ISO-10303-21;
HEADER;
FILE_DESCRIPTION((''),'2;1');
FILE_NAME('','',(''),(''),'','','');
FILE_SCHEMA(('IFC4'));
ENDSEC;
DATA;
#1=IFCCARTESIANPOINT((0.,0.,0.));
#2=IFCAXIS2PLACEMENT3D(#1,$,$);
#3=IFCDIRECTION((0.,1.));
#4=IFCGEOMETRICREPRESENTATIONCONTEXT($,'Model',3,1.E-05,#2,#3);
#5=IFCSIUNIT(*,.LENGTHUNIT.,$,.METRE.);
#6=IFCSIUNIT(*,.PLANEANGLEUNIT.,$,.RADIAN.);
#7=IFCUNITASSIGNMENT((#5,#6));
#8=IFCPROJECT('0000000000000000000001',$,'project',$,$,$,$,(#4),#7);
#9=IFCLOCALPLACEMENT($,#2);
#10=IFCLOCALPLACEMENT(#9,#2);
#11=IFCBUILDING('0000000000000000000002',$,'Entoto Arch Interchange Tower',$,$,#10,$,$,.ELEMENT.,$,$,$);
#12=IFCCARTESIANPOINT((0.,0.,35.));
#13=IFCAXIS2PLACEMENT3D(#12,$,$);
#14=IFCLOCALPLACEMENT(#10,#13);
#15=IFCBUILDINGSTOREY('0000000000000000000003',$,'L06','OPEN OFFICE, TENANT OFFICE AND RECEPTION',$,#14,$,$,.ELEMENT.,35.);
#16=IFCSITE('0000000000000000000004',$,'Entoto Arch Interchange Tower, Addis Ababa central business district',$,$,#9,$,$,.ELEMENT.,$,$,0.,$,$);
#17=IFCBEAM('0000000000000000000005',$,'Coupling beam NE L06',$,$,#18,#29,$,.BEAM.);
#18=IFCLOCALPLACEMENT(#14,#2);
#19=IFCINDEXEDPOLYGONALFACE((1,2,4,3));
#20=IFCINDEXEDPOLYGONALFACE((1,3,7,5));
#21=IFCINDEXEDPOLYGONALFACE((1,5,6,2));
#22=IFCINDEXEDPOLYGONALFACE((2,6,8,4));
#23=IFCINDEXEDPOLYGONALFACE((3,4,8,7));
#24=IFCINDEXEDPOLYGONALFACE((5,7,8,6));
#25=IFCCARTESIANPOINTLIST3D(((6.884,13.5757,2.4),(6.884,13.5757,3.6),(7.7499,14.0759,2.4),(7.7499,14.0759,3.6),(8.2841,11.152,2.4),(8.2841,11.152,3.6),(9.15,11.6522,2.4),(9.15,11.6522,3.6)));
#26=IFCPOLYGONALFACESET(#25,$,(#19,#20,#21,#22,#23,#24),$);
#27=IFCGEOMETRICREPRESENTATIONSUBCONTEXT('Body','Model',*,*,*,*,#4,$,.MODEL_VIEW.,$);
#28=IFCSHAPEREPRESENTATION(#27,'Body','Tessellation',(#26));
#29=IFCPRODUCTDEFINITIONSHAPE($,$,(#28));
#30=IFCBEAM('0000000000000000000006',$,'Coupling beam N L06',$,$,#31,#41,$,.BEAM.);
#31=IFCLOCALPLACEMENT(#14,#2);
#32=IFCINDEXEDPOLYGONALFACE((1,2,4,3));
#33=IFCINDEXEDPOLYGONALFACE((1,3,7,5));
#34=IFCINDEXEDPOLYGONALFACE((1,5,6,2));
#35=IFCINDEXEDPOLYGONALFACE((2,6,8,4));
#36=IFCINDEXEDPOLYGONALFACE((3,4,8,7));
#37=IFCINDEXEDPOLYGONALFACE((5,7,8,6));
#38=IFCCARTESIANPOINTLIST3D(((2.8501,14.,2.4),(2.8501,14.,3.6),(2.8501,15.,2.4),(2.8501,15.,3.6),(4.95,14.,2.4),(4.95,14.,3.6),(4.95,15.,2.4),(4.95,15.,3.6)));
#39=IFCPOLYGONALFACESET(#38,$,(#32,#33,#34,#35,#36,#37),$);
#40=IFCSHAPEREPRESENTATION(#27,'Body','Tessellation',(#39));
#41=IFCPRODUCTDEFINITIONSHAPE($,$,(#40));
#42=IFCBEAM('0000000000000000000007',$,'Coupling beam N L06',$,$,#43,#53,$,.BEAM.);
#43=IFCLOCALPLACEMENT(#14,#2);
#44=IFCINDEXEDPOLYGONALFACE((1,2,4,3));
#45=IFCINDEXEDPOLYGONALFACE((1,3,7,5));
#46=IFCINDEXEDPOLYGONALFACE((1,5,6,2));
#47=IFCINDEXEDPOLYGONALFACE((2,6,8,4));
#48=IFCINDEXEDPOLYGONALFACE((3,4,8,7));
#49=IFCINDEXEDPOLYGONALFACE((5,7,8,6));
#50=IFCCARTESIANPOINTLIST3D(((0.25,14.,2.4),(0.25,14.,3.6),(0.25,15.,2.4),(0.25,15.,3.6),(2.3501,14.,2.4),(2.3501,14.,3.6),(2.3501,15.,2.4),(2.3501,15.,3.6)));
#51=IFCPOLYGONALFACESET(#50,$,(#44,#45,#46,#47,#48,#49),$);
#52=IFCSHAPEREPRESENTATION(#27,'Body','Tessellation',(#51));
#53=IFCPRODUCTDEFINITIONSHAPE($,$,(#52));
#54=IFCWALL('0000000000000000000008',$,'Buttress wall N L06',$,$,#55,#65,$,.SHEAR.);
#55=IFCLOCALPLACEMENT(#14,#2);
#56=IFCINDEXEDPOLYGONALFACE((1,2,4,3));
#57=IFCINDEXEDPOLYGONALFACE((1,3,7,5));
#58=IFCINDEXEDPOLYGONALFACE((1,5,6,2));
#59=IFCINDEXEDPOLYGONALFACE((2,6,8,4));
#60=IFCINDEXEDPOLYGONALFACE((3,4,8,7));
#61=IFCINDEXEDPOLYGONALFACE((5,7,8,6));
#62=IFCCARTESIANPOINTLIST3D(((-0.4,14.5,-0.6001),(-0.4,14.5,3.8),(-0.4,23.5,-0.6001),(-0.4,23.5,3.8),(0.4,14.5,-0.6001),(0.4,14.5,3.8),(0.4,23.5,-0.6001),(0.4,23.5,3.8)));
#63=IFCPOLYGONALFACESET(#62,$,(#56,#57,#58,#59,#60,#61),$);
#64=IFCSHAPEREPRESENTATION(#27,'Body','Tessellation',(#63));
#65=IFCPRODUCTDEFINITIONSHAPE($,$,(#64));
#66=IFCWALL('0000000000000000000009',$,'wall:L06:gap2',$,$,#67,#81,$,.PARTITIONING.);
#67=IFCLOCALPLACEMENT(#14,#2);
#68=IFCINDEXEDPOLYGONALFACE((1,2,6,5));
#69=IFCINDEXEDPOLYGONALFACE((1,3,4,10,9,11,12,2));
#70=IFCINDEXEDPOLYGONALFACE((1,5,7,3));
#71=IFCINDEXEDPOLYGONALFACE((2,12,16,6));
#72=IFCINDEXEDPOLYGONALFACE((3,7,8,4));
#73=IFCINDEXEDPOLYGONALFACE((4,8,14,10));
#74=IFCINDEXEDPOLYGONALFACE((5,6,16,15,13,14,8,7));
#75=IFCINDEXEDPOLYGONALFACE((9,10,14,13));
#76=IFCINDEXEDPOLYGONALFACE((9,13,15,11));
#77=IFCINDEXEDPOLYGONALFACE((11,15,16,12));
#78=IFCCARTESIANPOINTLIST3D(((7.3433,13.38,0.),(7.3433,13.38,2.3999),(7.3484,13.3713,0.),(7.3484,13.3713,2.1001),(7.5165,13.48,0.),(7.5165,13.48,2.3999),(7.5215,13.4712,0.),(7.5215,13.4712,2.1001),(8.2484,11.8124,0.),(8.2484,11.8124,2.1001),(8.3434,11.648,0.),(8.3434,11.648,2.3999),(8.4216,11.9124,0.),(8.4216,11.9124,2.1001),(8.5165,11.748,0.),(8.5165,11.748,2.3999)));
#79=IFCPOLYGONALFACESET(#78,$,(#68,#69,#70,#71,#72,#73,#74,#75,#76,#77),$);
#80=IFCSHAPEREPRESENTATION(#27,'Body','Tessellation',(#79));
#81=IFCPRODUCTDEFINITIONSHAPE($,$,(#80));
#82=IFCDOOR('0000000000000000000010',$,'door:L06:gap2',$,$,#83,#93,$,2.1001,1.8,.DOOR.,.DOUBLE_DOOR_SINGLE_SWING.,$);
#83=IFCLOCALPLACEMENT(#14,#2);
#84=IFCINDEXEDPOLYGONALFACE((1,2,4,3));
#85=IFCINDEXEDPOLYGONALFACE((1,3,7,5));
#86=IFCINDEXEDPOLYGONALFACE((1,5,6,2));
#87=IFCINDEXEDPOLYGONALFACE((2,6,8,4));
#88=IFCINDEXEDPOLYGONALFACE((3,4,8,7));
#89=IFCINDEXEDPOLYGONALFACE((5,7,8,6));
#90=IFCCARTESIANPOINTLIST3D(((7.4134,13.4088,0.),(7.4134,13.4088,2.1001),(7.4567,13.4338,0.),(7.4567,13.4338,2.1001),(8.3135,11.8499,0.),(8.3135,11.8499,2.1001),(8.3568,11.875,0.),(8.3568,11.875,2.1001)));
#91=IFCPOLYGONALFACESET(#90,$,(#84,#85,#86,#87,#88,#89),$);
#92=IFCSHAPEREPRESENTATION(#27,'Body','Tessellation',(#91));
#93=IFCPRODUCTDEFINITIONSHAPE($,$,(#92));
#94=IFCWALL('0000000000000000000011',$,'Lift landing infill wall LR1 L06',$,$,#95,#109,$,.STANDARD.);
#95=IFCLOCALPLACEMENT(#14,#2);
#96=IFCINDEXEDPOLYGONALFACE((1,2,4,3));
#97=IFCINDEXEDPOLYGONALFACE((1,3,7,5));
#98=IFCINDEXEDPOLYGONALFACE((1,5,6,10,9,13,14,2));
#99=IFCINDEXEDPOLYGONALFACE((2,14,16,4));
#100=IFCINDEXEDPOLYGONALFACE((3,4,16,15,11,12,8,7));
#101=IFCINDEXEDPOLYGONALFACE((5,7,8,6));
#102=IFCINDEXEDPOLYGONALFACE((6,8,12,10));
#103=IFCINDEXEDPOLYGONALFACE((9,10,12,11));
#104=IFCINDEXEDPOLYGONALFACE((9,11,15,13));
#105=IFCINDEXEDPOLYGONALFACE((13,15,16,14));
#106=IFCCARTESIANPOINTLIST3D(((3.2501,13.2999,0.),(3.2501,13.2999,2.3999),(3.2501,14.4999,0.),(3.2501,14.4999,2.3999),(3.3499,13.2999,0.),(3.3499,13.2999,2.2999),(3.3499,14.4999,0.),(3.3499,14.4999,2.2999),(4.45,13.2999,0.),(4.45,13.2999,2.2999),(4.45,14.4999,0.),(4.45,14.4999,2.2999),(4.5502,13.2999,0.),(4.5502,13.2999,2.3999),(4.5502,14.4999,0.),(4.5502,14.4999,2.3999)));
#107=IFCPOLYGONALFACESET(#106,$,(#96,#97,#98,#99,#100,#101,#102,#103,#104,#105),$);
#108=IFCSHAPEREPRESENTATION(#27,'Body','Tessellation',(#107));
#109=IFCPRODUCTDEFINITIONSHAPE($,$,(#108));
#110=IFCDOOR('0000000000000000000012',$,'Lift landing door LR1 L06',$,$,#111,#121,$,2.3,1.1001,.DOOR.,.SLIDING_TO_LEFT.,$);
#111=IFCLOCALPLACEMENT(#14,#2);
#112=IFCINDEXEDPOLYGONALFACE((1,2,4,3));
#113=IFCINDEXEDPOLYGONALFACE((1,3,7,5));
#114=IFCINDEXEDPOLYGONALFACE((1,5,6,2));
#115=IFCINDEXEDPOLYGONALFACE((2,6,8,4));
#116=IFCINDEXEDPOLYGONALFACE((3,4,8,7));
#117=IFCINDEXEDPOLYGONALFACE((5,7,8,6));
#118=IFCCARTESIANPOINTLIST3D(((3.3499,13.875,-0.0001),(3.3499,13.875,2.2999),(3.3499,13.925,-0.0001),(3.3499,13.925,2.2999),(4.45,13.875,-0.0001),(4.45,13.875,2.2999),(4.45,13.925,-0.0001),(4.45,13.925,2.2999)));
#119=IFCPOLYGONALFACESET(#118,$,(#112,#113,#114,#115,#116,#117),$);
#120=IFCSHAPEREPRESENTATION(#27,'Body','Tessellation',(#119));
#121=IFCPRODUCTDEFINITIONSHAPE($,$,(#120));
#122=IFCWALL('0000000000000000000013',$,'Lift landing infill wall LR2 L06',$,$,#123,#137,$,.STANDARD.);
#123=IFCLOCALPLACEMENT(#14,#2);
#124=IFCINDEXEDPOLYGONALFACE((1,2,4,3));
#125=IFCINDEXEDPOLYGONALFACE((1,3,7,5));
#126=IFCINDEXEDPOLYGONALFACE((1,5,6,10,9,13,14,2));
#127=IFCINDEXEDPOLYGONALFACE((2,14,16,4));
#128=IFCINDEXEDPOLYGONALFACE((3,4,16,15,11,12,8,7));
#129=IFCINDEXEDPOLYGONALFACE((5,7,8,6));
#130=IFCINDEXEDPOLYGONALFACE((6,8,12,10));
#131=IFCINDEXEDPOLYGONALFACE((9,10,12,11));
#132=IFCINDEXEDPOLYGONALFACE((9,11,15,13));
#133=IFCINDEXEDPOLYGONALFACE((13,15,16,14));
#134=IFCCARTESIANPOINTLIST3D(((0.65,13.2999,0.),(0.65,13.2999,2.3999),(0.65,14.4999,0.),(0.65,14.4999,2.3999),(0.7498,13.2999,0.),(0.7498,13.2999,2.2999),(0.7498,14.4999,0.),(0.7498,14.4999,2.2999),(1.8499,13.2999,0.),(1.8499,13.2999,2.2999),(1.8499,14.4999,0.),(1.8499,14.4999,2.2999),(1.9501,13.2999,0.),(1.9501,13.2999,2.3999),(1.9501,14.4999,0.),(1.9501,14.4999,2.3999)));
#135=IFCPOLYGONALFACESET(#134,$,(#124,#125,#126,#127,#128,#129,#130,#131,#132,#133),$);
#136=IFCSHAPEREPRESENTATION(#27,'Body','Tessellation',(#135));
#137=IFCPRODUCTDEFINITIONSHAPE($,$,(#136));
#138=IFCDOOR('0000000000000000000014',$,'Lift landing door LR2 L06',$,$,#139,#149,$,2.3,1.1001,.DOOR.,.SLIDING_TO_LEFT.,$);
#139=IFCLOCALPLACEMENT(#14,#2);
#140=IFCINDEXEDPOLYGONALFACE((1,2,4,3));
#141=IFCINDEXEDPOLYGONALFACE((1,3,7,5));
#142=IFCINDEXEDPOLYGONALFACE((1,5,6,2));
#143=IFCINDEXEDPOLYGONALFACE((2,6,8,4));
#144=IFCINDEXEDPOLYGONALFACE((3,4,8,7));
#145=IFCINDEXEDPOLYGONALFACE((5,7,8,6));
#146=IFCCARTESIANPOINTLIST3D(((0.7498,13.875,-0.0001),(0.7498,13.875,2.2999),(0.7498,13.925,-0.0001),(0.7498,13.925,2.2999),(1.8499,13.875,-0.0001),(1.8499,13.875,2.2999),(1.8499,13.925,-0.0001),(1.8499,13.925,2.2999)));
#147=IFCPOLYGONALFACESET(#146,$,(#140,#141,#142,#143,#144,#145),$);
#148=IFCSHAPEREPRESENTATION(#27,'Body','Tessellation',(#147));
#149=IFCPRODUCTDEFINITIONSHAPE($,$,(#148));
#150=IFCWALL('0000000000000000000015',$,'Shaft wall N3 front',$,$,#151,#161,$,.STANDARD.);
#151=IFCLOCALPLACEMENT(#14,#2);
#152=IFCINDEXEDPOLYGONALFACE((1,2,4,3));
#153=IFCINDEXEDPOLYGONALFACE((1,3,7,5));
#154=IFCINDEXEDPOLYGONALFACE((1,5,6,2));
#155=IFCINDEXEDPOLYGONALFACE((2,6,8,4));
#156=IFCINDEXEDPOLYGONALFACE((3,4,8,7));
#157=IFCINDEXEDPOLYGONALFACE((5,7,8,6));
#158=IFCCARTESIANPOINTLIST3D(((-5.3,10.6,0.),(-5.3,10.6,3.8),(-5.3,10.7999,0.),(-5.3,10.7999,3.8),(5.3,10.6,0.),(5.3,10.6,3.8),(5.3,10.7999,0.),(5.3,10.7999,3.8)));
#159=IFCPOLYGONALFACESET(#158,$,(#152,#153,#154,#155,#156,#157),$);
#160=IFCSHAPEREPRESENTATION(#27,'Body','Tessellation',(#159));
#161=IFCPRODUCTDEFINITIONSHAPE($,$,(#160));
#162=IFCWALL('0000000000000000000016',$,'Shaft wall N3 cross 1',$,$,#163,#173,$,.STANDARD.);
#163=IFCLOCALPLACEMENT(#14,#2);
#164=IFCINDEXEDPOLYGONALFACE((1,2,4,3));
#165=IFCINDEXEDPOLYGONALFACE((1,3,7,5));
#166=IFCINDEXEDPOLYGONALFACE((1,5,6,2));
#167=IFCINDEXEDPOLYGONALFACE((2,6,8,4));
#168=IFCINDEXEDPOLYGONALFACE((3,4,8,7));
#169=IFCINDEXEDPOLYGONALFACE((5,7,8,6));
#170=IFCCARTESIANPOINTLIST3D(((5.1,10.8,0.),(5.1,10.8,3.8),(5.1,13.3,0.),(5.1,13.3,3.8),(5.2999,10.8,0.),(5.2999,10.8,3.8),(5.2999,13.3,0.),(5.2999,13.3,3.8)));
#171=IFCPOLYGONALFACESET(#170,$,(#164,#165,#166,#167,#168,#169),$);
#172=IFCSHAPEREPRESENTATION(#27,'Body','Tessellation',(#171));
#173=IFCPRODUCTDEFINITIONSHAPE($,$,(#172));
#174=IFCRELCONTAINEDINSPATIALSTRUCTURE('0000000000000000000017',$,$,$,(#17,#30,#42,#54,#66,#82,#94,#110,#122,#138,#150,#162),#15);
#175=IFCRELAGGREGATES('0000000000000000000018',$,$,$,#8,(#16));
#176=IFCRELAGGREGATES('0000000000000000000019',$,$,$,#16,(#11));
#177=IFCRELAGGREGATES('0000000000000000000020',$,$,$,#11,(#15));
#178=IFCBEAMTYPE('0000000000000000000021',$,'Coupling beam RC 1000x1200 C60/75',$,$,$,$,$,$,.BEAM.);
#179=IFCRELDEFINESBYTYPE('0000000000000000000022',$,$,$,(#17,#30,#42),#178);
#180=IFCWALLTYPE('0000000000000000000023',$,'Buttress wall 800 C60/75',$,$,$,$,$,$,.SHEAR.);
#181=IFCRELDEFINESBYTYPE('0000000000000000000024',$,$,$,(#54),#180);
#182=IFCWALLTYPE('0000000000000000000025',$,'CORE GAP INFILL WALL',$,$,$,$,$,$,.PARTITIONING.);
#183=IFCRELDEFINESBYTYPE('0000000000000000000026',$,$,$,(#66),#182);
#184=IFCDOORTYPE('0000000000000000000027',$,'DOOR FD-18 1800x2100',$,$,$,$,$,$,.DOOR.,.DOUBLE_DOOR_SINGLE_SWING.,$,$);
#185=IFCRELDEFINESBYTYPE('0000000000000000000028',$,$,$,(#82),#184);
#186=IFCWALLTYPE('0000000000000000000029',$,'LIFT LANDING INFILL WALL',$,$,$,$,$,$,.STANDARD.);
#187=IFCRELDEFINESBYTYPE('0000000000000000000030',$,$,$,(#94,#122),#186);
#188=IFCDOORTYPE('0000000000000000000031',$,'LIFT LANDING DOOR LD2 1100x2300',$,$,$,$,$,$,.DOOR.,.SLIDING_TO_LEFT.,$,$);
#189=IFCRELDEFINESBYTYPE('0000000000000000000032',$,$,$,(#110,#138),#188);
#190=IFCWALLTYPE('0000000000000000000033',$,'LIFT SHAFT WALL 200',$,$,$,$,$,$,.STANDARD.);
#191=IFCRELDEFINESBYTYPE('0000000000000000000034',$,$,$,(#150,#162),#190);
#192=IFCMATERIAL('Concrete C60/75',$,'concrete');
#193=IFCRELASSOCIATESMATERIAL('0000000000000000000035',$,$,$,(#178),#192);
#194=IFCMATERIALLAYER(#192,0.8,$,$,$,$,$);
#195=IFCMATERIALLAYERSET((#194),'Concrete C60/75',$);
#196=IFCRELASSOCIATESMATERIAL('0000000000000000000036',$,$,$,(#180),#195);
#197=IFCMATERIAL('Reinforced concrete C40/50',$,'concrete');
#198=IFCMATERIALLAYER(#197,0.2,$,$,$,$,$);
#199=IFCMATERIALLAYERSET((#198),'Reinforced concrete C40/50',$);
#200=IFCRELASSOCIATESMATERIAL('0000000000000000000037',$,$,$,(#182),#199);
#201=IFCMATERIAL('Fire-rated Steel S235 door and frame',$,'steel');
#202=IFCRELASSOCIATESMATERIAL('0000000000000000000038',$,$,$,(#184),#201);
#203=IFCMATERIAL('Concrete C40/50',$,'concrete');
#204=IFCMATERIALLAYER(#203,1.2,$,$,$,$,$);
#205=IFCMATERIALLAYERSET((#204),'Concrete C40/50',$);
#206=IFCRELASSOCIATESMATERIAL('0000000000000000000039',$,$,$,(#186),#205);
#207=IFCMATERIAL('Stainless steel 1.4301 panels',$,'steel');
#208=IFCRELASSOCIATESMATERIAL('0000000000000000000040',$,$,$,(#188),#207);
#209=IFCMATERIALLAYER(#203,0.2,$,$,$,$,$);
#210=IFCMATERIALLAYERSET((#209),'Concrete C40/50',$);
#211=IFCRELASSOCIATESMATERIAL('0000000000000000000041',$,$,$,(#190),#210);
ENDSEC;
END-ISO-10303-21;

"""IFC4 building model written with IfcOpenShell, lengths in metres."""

from ifc_helpers import new_model, si_unit, direction, frame, frame_2d, origin, origin_2d, place, context, subcontext, project, spatial, rectangle, extrude, material, layer, layer_set, material_profile, profile_set, type_object, element, fill, save


model = new_model("IFC4")

# Units and contexts
model_context = context("Model", 3, precision=1e-05, world=origin(), true_north=direction((0.0, 1.0)))
body_context = subcontext(model_context, "Body", "Model", "MODEL_VIEW")
ifc_project = project(units=[si_unit("LENGTHUNIT", "METRE"), si_unit("PLANEANGLEUNIT", "RADIAN")], contexts=[model_context])

# Site, building, storey
site_placement = place(None, origin())
site = spatial("IfcSite", under=ifc_project, at=site_placement, Name="Entoto Arch Interchange Tower, Addis Ababa central business district", CompositionType="ELEMENT", RefElevation=0.0)
building_placement = place(site_placement, origin())
building = spatial("IfcBuilding", under=site, at=building_placement, Name="Entoto Arch Interchange Tower", CompositionType="ELEMENT")
storey_placement = place(building_placement, frame((0.0, 0.0, 35.0)))
storey = spatial("IfcBuildingStorey", under=building, at=storey_placement, Name="L06", Description="OPEN OFFICE, TENANT OFFICE AND RECEPTION", CompositionType="ELEMENT", Elevation=35.0)

# Beams
ifc_material_1 = material(Name="Concrete C60/75", Category="concrete")
ifc_material_profile = material_profile(ifc_material_1, rectangle(XDim=1.0, YDim=1.2, at=origin_2d()))
ifc_profile_set = profile_set([ifc_material_profile], Name="Concrete C60/75")
beam_type = type_object("IfcBeamType", Name="Coupling beam RC 1000x1200 C60/75", PredefinedType="BEAM", material=ifc_profile_set)
beam_1_placement = place(storey_placement, frame((8.717, 11.4021, 3.0), z_axis=(-0.500201, 0.86591, 0.0), x_axis=(-0.86591, -0.500201, 0.0)))
element("IfcBeam", 1, at=beam_1_placement, inside=storey, type_object=beam_type, Name="Coupling beam NE L06", PredefinedType="BEAM", context=body_context, shape_type="SweptSolid", body=[
    extrude(rectangle(XDim=1.0, YDim=1.2, at=origin_2d()), origin(), (0.0, 0.0, 1.0), 2.7991),
])
beam_2_placement = place(storey_placement, frame((4.95, 14.5, 3.0), z_axis=(-1.0, 0.0, 0.0), x_axis=(0.0, -1.0, 0.0)))
element("IfcBeam", 2, at=beam_2_placement, inside=storey, type_object=beam_type, Name="Coupling beam N L06", PredefinedType="BEAM", context=body_context, shape_type="SweptSolid", body=[
    extrude(rectangle(XDim=1.0, YDim=1.2, at=origin_2d()), origin(), (0.0, 0.0, 1.0), 2.0999),
])
beam_3_placement = place(storey_placement, frame((2.3501, 14.5, 3.0), z_axis=(-1.0, 0.0, 0.0), x_axis=(0.0, -1.0, 0.0)))
element("IfcBeam", 3, at=beam_3_placement, inside=storey, type_object=beam_type, Name="Coupling beam N L06", PredefinedType="BEAM", context=body_context, shape_type="SweptSolid", body=[
    extrude(rectangle(XDim=1.0, YDim=1.2, at=origin_2d()), origin(), (0.0, 0.0, 1.0), 2.1001),
])

# Wall
ifc_layer_1 = layer(ifc_material_1, 0.8)
ifc_layer_set_1 = layer_set([ifc_layer_1], Name="Concrete C60/75")
wall_type_1 = type_object("IfcWallType", Name="Buttress wall 800 C60/75", PredefinedType="SHEAR", material=ifc_layer_set_1)
wall_1_placement = place(storey_placement, frame((0.0, 14.5, -0.6001), z_axis=(0.0, 0.0, 1.0), x_axis=(0.0, 1.0, 0.0)))
element("IfcWall", 4, at=wall_1_placement, inside=storey, type_object=wall_type_1, Name="Buttress wall N L06", PredefinedType="SHEAR", context=body_context, shape_type="SweptSolid", body=[
    extrude(rectangle(XDim=9.0, YDim=0.8, at=frame_2d((4.5, 0.0))), origin(), (0.0, 0.0, 1.0), 4.4001),
])

# Walls, openings, doors
ifc_material_2 = material(Name="Reinforced concrete C40/50", Category="concrete")
ifc_layer_2 = layer(ifc_material_2, 0.2)
ifc_layer_set_2 = layer_set([ifc_layer_2], Name="Reinforced concrete C40/50")
wall_type_2 = type_object("IfcWallType", Name="CORE GAP INFILL WALL", PredefinedType="PARTITIONING", material=ifc_layer_set_2)
wall_2_placement = place(storey_placement, frame((8.4299, 11.698, 0.0), z_axis=(0.0, 0.0, 1.0), x_axis=(-0.500025, 0.866011, 0.0)))
wall_2 = element("IfcWall", 5, at=wall_2_placement, inside=storey, type_object=wall_type_2, Name="wall:L06:gap2", PredefinedType="PARTITIONING", context=body_context, shape_type="SweptSolid", body=[
    extrude(rectangle(XDim=2.0, YDim=0.2, at=frame_2d((1.0, 0.0))), origin(), (0.0, 0.0, 1.0), 2.3999),
])
opening_1_placement = place(wall_2_placement, frame((0.1899, 0.0, 0.0)))
opening_1 = element("IfcOpeningElement", 6, at=opening_1_placement, cuts=wall_2, PredefinedType="OPENING", context=body_context, shape_type="SweptSolid", body=[
    extrude(rectangle(XDim=1.8, YDim=2.1001, at=frame_2d((0.8999, 1.05))), frame((0.0, 0.1099, 0.0), z_axis=(0.0, -1.0, 0.0), x_axis=(1.0, 0.0, 0.0)), (0.0, 0.0, 1.0), 0.22),
])
ifc_material_3 = material(Name="Fire-rated Steel S235 door and frame", Category="steel")
door_type_1 = type_object("IfcDoorType", Name="DOOR FD-18 1800x2100", OperationType="DOUBLE_DOOR_SINGLE_SWING", PredefinedType="DOOR", material=ifc_material_3)
door_1_placement = place(opening_1_placement, origin())
door_1 = element("IfcDoor", 7, at=door_1_placement, inside=storey, type_object=door_type_1, Name="door:L06:gap2", OperationType="DOUBLE_DOOR_SINGLE_SWING", OverallHeight=2.1001, OverallWidth=1.8, PredefinedType="DOOR", context=body_context, shape_type="SweptSolid", body=[
    extrude(rectangle(XDim=1.8, YDim=2.1001, at=frame_2d((0.8999, 1.05))), frame((0.0, 0.0249, 0.0), z_axis=(0.0, -1.0, 0.0), x_axis=(1.0, 0.0, 0.0)), (0.0, 0.0, 1.0), 0.05),
])
fill(opening_1, door_1)
ifc_material_4 = material(Name="Concrete C40/50", Category="concrete")
ifc_layer_3 = layer(ifc_material_4, 1.2)
ifc_layer_set_3 = layer_set([ifc_layer_3], Name="Concrete C40/50")
wall_type_3 = type_object("IfcWallType", Name="LIFT LANDING INFILL WALL", PredefinedType="STANDARD", material=ifc_layer_set_3)
wall_3_placement = place(storey_placement, frame((4.55, 13.8999, 0.0), z_axis=(0.0, 0.0, 1.0), x_axis=(-1.0, 0.0, 0.0)))
wall_3 = element("IfcWall", 8, at=wall_3_placement, inside=storey, type_object=wall_type_3, Name="Lift landing infill wall LR1 L06", PredefinedType="STANDARD", context=body_context, shape_type="SweptSolid", body=[
    extrude(rectangle(XDim=1.3, YDim=1.2, at=frame_2d((0.6499, 0.0))), origin(), (0.0, 0.0, 1.0), 2.3999),
])
opening_2_placement = place(wall_3_placement, frame((0.1001, 0.0, 0.0)))
opening_2 = element("IfcOpeningElement", 9, at=opening_2_placement, cuts=wall_3, PredefinedType="OPENING", context=body_context, shape_type="SweptSolid", body=[
    extrude(rectangle(XDim=1.1001, YDim=2.3, at=frame_2d((0.55, 1.1499))), frame((0.0, 0.6099, 0.0), z_axis=(0.0, -1.0, 0.0), x_axis=(1.0, 0.0, 0.0)), (0.0, 0.0, 1.0), 1.22),
])
ifc_material_5 = material(Name="Stainless steel 1.4301 panels", Category="steel")
door_type_2 = type_object("IfcDoorType", Name="LIFT LANDING DOOR LD2 1100x2300", OperationType="SLIDING_TO_LEFT", PredefinedType="DOOR", material=ifc_material_5)
door_2_placement = place(opening_2_placement, origin())
door_2 = element("IfcDoor", 10, at=door_2_placement, inside=storey, type_object=door_type_2, Name="Lift landing door LR1 L06", OperationType="SLIDING_TO_LEFT", OverallHeight=2.3, OverallWidth=1.1001, PredefinedType="DOOR", context=body_context, shape_type="SweptSolid", body=[
    extrude(rectangle(XDim=1.1001, YDim=2.3, at=frame_2d((0.55, 1.1499))), frame((0.0, 0.0249, 0.0), z_axis=(0.0, -1.0, 0.0), x_axis=(1.0, 0.0, 0.0)), (0.0, 0.0, 1.0), 0.05),
])
fill(opening_2, door_2)
wall_4_placement = place(storey_placement, frame((1.95, 13.8999, 0.0), z_axis=(0.0, 0.0, 1.0), x_axis=(-1.0, 0.0, 0.0)))
wall_4 = element("IfcWall", 11, at=wall_4_placement, inside=storey, type_object=wall_type_3, Name="Lift landing infill wall LR2 L06", PredefinedType="STANDARD", context=body_context, shape_type="SweptSolid", body=[
    extrude(rectangle(XDim=1.3, YDim=1.2, at=frame_2d((0.6499, 0.0))), origin(), (0.0, 0.0, 1.0), 2.3999),
])
opening_3_placement = place(wall_4_placement, frame((0.1001, 0.0, 0.0)))
opening_3 = element("IfcOpeningElement", 12, at=opening_3_placement, cuts=wall_4, PredefinedType="OPENING", context=body_context, shape_type="SweptSolid", body=[
    extrude(rectangle(XDim=1.1001, YDim=2.3, at=frame_2d((0.55, 1.1499))), frame((0.0, 0.6099, 0.0), z_axis=(0.0, -1.0, 0.0), x_axis=(1.0, 0.0, 0.0)), (0.0, 0.0, 1.0), 1.22),
])
door_3_placement = place(opening_3_placement, origin())
door_3 = element("IfcDoor", 13, at=door_3_placement, inside=storey, type_object=door_type_2, Name="Lift landing door LR2 L06", OperationType="SLIDING_TO_LEFT", OverallHeight=2.3, OverallWidth=1.1001, PredefinedType="DOOR", context=body_context, shape_type="SweptSolid", body=[
    extrude(rectangle(XDim=1.1001, YDim=2.3, at=frame_2d((0.55, 1.1499))), frame((0.0, 0.0249, 0.0), z_axis=(0.0, -1.0, 0.0), x_axis=(1.0, 0.0, 0.0)), (0.0, 0.0, 1.0), 0.05),
])
fill(opening_3, door_3)

# Walls
ifc_layer_4 = layer(ifc_material_4, 0.2)
ifc_layer_set_4 = layer_set([ifc_layer_4], Name="Concrete C40/50")
wall_type_4 = type_object("IfcWallType", Name="LIFT SHAFT WALL 200", PredefinedType="STANDARD", material=ifc_layer_set_4)
wall_5_placement = place(storey_placement, frame((5.3, 10.7, 0.0), z_axis=(0.0, 0.0, 1.0), x_axis=(-1.0, 0.0, 0.0)))
element("IfcWall", 14, at=wall_5_placement, inside=storey, type_object=wall_type_4, Name="Shaft wall N3 front", PredefinedType="STANDARD", context=body_context, shape_type="SweptSolid", body=[
    extrude(rectangle(XDim=10.6001, YDim=0.2, at=frame_2d((5.3, 0.0))), origin(), (0.0, 0.0, 1.0), 3.8),
])
for number, where, z_axis, x_axis, name in (
    (15, (5.2, 10.8, 0.0), (0.0, 0.0, 1.0), (0.0, 1.0, 0.0), "Shaft wall N3 cross 1"),
):
    element("IfcWall", number, at=place(storey_placement, frame(where, z_axis=z_axis, x_axis=x_axis)), inside=storey, type_object=wall_type_4, Name=name, PredefinedType="STANDARD", context=body_context, shape_type="SweptSolid", body=[
        extrude(rectangle(XDim=2.5, YDim=0.2, at=frame_2d((1.25, 0.0))), origin(), (0.0, 0.0, 1.0), 3.8),
    ])

save(model, "model.ifc")
